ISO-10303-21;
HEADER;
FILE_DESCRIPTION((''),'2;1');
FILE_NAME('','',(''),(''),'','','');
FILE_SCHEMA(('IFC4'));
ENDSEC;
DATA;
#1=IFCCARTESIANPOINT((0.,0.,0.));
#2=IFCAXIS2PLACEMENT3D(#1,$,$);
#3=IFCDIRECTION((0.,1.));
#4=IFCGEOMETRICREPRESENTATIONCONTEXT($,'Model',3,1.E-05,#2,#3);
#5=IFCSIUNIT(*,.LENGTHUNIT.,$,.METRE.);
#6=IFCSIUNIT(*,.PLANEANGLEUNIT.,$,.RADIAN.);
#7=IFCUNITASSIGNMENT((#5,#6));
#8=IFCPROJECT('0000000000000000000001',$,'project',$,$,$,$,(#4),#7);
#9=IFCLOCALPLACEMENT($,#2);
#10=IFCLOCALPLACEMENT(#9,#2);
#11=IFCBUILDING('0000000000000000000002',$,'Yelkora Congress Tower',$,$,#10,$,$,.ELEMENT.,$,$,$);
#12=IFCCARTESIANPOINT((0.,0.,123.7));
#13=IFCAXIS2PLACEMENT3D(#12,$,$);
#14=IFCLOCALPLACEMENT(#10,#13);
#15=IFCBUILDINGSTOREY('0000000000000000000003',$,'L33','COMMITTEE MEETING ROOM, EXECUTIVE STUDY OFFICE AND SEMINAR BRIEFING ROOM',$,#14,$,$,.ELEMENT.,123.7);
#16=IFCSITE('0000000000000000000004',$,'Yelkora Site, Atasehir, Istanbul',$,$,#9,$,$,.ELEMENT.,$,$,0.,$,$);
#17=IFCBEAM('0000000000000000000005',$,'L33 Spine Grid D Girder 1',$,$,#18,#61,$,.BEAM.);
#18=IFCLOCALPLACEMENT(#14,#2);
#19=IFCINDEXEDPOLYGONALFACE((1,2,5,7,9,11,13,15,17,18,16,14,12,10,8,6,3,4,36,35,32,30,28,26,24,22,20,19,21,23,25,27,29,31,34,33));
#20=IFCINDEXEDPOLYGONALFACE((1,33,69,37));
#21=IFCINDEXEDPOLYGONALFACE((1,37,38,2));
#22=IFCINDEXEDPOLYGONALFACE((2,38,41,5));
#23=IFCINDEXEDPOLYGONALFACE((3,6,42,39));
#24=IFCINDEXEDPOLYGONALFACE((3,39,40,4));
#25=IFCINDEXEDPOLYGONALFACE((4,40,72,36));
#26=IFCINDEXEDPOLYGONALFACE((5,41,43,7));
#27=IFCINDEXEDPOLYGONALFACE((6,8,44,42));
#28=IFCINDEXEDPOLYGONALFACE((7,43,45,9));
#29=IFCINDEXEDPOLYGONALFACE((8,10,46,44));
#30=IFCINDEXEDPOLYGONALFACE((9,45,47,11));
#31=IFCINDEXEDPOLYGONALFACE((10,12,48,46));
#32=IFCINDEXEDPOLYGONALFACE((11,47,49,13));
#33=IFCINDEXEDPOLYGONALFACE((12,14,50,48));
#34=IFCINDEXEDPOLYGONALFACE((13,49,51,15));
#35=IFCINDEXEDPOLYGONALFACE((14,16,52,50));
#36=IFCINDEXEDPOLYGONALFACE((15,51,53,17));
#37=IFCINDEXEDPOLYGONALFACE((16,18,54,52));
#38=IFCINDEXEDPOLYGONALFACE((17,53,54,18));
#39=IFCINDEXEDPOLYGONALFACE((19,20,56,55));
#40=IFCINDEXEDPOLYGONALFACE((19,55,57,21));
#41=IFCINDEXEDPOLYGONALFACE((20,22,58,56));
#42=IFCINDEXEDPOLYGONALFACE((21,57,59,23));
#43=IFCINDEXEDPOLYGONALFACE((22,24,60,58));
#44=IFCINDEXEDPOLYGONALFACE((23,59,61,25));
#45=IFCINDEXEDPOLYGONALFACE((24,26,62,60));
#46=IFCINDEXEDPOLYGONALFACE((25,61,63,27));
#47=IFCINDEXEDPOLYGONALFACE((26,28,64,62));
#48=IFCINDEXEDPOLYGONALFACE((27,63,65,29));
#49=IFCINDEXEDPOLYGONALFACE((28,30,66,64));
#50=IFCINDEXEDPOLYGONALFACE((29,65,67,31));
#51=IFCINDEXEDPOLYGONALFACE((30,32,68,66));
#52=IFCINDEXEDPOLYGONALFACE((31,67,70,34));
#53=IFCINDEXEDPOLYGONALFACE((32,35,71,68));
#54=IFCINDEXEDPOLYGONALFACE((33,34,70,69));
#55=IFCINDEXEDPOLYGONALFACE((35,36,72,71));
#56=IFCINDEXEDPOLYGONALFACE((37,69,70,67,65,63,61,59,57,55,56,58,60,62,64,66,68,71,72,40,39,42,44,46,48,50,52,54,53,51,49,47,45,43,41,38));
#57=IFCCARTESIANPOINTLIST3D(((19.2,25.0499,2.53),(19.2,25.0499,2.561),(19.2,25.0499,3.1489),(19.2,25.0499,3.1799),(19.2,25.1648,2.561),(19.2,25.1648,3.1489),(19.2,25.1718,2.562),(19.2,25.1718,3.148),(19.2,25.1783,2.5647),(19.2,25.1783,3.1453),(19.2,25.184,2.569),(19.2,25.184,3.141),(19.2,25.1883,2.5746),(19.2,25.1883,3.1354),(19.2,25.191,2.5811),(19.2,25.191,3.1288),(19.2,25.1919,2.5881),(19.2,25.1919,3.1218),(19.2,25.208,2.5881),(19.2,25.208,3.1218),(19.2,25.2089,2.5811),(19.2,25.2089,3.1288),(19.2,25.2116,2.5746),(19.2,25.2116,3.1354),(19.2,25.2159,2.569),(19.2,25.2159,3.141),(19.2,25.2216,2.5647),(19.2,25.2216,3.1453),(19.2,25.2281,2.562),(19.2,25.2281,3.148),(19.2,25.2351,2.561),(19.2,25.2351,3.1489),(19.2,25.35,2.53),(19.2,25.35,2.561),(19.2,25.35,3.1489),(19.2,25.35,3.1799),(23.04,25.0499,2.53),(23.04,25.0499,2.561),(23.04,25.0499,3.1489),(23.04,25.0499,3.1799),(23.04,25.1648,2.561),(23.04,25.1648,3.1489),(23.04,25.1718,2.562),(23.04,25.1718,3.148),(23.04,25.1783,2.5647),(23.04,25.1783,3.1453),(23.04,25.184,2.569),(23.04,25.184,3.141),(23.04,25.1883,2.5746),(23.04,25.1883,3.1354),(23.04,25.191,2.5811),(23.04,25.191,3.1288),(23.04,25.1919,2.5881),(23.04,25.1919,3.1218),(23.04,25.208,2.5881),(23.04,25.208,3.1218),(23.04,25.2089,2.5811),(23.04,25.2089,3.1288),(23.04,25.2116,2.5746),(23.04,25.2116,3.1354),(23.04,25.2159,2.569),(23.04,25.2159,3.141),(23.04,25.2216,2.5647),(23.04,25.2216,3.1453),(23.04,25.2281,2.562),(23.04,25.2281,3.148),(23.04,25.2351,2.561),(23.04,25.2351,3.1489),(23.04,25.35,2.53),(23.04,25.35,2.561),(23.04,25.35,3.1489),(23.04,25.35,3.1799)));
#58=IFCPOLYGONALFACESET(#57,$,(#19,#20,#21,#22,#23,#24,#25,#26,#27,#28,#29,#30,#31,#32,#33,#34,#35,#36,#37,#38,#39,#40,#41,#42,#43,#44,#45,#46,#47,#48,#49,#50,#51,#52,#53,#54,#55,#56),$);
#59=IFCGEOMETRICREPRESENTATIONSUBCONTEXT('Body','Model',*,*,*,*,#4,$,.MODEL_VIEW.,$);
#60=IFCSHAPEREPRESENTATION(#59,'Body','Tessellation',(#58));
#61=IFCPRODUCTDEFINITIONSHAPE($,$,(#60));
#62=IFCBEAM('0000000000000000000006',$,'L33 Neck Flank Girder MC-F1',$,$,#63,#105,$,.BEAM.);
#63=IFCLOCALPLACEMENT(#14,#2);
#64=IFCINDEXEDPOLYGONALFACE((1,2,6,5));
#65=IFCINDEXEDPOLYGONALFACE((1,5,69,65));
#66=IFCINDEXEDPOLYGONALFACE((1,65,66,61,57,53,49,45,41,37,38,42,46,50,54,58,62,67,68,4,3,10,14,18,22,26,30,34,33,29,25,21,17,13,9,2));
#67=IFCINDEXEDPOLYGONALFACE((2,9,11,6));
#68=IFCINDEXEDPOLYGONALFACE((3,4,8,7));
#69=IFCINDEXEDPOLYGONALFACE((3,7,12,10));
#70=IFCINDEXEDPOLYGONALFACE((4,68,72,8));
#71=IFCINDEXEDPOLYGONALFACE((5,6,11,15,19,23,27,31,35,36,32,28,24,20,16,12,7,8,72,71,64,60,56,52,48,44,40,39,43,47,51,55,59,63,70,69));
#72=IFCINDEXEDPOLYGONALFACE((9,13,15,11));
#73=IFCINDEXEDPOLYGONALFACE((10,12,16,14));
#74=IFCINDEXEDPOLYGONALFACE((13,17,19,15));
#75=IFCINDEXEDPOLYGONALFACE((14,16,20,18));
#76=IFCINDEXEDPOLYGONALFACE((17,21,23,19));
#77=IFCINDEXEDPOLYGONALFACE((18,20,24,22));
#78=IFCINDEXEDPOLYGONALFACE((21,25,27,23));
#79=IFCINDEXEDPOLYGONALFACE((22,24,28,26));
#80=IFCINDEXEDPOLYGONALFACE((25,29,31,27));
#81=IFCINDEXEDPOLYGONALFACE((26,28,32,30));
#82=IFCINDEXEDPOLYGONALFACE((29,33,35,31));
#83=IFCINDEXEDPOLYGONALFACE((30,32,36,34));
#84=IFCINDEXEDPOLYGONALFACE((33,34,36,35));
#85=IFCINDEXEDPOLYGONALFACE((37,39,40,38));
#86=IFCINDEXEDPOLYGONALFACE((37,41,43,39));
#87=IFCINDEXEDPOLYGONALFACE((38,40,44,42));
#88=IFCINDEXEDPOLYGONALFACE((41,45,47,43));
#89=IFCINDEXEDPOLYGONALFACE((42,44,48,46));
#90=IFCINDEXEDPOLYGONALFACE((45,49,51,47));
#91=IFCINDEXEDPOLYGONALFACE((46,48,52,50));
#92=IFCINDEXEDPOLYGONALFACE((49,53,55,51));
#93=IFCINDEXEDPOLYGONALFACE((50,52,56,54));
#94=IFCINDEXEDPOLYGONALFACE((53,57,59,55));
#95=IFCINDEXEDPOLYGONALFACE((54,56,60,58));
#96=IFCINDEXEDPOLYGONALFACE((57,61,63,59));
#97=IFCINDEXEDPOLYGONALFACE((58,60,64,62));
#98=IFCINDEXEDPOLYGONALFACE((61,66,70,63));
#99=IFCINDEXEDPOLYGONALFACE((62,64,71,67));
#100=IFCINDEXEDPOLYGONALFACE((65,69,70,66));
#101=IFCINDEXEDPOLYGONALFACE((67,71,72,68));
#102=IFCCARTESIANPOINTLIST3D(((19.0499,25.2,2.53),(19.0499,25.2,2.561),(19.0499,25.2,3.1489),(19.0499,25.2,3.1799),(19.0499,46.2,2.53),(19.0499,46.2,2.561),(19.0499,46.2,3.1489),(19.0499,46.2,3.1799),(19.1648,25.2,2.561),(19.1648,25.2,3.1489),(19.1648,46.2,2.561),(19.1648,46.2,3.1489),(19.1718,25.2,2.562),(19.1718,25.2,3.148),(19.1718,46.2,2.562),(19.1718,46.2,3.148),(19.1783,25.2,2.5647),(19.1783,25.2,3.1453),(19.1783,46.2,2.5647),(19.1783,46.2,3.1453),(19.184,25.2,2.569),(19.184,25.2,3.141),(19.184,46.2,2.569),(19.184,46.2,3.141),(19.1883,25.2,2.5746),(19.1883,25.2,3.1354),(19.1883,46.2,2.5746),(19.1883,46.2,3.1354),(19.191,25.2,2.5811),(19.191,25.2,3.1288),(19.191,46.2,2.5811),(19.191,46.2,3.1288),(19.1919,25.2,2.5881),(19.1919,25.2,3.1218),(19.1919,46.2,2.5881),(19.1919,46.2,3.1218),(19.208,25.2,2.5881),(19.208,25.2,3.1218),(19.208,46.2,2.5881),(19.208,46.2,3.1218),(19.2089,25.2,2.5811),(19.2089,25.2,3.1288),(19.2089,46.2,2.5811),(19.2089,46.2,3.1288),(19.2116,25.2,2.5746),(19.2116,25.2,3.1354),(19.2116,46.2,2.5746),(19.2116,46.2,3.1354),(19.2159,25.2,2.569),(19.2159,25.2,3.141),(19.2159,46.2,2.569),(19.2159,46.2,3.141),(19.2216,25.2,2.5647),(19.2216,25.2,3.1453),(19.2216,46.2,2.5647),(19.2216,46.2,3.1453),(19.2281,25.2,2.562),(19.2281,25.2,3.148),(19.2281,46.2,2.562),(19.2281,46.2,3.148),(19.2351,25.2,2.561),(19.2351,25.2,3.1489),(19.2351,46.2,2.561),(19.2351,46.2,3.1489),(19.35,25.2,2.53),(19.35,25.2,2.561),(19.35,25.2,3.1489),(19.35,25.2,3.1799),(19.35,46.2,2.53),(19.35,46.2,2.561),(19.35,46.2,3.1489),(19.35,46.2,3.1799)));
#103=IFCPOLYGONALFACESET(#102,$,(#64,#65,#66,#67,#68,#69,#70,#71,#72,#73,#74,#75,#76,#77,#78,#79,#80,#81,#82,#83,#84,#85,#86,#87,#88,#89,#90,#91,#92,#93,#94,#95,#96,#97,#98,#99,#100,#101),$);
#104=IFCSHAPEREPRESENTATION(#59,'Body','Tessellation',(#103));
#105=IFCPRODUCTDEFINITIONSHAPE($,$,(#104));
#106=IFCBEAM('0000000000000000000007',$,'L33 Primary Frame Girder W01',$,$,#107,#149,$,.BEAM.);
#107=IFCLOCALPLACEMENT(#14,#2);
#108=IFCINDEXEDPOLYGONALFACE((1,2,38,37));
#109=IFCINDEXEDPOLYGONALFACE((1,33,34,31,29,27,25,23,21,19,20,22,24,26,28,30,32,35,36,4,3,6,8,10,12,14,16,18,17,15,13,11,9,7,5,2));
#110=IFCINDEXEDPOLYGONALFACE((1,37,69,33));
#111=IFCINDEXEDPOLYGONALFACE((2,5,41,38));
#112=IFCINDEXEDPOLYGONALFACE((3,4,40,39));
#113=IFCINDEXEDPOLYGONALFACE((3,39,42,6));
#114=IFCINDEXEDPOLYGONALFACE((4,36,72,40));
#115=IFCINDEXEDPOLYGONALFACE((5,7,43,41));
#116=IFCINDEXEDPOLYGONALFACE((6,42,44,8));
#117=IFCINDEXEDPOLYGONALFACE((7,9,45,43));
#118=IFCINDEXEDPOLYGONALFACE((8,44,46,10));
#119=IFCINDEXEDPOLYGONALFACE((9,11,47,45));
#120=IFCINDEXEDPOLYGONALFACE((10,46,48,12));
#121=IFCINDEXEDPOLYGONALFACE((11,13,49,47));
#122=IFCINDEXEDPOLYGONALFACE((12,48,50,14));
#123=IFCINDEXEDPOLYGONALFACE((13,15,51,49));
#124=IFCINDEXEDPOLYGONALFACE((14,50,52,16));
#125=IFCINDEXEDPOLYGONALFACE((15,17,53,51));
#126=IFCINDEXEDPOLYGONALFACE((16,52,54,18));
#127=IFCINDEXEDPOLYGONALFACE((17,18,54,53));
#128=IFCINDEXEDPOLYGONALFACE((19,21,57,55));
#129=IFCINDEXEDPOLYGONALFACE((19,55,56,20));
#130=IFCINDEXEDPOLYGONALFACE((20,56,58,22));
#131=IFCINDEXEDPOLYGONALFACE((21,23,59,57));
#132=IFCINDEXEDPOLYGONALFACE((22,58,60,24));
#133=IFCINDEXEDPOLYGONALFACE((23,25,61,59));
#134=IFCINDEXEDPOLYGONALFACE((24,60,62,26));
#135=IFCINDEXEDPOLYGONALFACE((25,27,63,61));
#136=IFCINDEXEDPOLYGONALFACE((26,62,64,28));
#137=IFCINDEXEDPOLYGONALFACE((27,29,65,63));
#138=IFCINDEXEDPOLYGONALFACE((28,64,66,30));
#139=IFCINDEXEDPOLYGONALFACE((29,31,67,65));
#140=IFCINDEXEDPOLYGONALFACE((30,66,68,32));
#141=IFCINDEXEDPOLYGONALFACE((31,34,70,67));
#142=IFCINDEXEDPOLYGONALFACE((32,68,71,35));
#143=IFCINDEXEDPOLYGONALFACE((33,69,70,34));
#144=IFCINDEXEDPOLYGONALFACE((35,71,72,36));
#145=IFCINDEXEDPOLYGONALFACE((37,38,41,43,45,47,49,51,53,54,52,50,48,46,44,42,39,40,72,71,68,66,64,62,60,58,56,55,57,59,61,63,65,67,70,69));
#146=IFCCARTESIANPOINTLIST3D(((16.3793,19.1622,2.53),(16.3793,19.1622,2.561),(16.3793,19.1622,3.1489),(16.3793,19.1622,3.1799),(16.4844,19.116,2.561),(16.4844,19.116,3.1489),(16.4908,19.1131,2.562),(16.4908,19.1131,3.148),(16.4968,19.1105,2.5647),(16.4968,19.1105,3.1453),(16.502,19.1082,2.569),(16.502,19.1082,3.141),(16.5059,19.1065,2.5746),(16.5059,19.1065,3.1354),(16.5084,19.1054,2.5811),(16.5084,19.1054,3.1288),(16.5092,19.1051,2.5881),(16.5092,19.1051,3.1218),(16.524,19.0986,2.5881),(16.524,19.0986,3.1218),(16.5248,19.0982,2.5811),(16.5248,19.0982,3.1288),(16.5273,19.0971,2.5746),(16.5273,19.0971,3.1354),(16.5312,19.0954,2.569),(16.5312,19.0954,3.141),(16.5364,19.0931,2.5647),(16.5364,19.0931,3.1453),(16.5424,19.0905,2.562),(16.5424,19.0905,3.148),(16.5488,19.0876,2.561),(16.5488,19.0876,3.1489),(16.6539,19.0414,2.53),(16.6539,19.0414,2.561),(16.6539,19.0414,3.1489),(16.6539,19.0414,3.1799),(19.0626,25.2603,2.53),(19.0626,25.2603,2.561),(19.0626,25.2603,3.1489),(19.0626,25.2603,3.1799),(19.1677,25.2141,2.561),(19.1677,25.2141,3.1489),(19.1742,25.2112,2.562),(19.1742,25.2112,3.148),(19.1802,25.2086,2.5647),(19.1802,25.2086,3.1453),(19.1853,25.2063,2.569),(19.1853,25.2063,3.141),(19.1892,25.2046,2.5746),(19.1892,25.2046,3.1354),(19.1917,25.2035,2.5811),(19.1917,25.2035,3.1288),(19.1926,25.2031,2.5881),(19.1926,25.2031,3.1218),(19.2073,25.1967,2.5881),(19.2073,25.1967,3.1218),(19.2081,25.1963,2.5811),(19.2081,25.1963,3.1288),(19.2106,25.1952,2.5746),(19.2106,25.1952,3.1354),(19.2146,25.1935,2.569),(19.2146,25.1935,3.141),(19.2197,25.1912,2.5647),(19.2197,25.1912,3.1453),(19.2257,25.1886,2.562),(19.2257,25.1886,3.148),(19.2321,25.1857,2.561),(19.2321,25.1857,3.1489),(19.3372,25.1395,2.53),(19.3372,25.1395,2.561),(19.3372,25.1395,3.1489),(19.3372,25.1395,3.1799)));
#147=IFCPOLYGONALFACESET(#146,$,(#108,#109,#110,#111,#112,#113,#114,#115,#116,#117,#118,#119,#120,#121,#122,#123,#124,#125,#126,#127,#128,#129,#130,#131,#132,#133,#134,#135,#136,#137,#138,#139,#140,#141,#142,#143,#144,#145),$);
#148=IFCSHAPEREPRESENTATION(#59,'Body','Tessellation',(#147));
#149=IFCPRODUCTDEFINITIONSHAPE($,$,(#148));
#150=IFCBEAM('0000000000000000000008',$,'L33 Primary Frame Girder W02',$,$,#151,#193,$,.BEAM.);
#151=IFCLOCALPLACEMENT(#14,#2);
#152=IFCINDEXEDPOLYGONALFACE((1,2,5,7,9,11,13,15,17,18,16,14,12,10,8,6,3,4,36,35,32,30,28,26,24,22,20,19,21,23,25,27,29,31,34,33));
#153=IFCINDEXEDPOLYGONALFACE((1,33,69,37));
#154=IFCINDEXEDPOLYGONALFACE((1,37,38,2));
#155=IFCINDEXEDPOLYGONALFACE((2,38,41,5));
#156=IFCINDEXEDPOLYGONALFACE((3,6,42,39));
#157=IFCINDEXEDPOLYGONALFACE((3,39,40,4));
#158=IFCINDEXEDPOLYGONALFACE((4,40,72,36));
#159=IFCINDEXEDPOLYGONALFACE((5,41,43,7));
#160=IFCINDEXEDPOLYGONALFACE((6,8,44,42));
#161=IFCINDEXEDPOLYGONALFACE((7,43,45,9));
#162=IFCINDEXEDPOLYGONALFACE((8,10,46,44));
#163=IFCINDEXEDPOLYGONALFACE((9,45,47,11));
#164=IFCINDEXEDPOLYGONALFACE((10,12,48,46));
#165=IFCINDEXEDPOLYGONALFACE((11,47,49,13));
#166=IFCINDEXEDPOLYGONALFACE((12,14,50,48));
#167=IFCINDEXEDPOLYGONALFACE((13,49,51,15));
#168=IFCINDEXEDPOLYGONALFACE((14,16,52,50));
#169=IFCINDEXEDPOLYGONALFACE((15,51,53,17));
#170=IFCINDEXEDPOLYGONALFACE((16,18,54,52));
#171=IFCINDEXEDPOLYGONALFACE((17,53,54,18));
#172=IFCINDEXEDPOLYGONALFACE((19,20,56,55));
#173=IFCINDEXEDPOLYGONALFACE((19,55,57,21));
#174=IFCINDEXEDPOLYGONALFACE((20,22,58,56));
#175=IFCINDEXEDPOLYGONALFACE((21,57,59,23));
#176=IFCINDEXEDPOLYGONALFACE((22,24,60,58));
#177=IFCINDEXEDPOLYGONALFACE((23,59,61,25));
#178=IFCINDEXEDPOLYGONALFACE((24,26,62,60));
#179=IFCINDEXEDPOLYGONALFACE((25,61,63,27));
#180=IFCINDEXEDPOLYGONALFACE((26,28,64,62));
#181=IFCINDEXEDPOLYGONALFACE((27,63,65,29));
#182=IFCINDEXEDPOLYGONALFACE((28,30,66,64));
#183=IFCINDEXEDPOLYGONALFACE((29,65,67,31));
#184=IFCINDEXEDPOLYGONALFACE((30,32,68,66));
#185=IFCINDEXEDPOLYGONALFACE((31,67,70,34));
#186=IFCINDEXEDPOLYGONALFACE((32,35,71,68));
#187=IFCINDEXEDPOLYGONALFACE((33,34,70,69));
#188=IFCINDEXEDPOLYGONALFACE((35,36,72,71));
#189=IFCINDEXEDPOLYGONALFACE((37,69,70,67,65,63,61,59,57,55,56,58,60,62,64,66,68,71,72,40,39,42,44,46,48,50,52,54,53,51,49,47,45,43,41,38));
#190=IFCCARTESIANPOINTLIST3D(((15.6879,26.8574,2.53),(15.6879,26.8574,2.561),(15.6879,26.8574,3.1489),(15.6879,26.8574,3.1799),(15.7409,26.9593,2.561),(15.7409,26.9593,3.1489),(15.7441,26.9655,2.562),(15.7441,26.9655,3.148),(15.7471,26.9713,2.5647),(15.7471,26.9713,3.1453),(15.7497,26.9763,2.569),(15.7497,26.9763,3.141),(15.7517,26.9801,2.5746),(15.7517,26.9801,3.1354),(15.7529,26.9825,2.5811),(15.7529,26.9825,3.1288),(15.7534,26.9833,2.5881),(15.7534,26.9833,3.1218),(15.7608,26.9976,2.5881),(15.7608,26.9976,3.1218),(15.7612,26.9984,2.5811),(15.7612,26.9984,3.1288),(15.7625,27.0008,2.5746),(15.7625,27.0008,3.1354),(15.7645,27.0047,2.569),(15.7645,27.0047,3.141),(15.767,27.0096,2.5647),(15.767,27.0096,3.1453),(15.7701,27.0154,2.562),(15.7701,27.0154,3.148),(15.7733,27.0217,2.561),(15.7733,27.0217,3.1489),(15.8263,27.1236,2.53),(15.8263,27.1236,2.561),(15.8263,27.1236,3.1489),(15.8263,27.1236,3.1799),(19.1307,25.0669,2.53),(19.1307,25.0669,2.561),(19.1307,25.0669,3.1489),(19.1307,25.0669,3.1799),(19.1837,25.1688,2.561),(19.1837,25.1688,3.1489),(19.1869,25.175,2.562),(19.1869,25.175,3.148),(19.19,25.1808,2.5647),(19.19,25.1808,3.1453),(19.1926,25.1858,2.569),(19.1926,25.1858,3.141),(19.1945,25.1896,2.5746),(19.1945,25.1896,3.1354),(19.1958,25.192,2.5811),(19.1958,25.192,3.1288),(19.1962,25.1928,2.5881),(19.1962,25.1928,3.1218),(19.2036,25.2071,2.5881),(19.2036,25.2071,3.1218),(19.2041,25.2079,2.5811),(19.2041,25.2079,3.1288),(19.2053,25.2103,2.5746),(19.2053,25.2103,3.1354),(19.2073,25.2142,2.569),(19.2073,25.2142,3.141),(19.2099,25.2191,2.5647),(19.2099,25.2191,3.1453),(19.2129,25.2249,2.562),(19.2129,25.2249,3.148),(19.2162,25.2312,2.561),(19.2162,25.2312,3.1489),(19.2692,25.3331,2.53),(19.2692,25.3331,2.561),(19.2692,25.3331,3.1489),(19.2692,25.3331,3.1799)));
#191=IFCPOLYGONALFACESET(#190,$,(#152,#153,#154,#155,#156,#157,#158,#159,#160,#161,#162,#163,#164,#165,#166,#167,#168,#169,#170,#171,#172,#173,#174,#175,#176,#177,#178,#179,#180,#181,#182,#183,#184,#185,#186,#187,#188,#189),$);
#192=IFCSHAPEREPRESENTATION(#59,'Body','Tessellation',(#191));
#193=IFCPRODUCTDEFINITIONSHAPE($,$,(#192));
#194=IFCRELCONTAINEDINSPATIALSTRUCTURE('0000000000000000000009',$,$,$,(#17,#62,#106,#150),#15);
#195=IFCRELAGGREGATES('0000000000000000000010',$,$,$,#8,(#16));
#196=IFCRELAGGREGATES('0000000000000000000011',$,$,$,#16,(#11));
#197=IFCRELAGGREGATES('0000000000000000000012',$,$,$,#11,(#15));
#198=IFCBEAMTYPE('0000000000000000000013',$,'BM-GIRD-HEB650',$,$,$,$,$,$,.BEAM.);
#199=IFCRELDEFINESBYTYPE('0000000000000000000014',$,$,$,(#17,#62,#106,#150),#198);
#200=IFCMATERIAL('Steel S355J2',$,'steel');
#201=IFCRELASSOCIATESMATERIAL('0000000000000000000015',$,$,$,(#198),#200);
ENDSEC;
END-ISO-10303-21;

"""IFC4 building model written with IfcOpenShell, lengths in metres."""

from ifc_helpers import new_model, si_unit, direction, frame, origin, origin_2d, place, context, subcontext, project, spatial, i_section, extrude, material, material_profile, profile_set, type_object, element, save


model = new_model("IFC4")

# Units and contexts
model_context = context("Model", 3, precision=1e-05, world=origin(), true_north=direction((0.0, 1.0)))
body_context = subcontext(model_context, "Body", "Model", "MODEL_VIEW")
ifc_project = project(units=[si_unit("LENGTHUNIT", "METRE"), si_unit("PLANEANGLEUNIT", "RADIAN")], contexts=[model_context])

# Site, building, storey
site_placement = place(None, origin())
site = spatial("IfcSite", under=ifc_project, at=site_placement, Name="Yelkora Site, Atasehir, Istanbul", CompositionType="ELEMENT", RefElevation=0.0)
building_placement = place(site_placement, origin())
building = spatial("IfcBuilding", under=site, at=building_placement, Name="Yelkora Congress Tower", CompositionType="ELEMENT")
storey_placement = place(building_placement, frame((0.0, 0.0, 123.7)))
storey = spatial("IfcBuildingStorey", under=building, at=storey_placement, Name="L33", Description="COMMITTEE MEETING ROOM, EXECUTIVE STUDY OFFICE AND SEMINAR BRIEFING ROOM", CompositionType="ELEMENT", Elevation=123.7)

# Beams
ifc_material_1 = material(Name="Steel S355J2", Category="steel")
ifc_material_profile_1 = material_profile(ifc_material_1, i_section(OverallWidth=0.3, OverallDepth=0.6499, WebThickness=0.0161, FlangeThickness=0.031, FilletRadius=0.0271, at=origin_2d()), Name="HEB 650")
ifc_profile_set_1 = profile_set([ifc_material_profile_1], Name="Steel S355J2")
beam_type_1 = type_object("IfcBeamType", Name="BM-GIRD-HEB650", PredefinedType="BEAM", material=ifc_profile_set_1)
beam_1_placement = place(storey_placement, frame((19.2, 25.2, 2.855), z_axis=(1.0, 0.0, 0.0), x_axis=(0.0, 1.0, 0.0)))
element("IfcBeam", 1, at=beam_1_placement, inside=storey, type_object=beam_type_1, Name="L33 Spine Grid D Girder 1", PredefinedType="BEAM", context=body_context, shape_type="SweptSolid", body=[
    extrude(i_section(OverallWidth=0.3, OverallDepth=0.6499, WebThickness=0.0161, FlangeThickness=0.031, FilletRadius=0.0271, at=origin_2d()), origin(), (0.0, 0.0, 1.0), 3.8401),
])
beam_2_placement = place(storey_placement, frame((19.2, 25.2, 2.855), z_axis=(0.0, 1.0, 0.0), x_axis=(-1.0, 0.0, 0.0)))
element("IfcBeam", 2, at=beam_2_placement, inside=storey, type_object=beam_type_1, Name="L33 Neck Flank Girder MC-F1", PredefinedType="BEAM", context=body_context, shape_type="SweptSolid", body=[
    extrude(i_section(OverallWidth=0.3, OverallDepth=0.6499, WebThickness=0.0161, FlangeThickness=0.031, FilletRadius=0.0271, at=origin_2d()), origin(), (0.0, 0.0, 1.0), 21.0),
])
beam_3_placement = place(storey_placement, frame((16.5166, 19.1018, 2.855), z_axis=(0.402759, 0.915306, 0.0), x_axis=(-0.915306, 0.402759, 0.0)))
element("IfcBeam", 3, at=beam_3_placement, inside=storey, type_object=beam_type_1, Name="L33 Primary Frame Girder W01", PredefinedType="BEAM", context=body_context, shape_type="SweptSolid", body=[
    extrude(i_section(OverallWidth=0.3, OverallDepth=0.6499, WebThickness=0.0161, FlangeThickness=0.031, FilletRadius=0.0271, at=origin_2d()), origin(), (0.0, 0.0, 1.0), 6.6624),
])
beam_4_placement = place(storey_placement, frame((15.7571, 26.9905, 2.855), z_axis=(0.887192, -0.4614, 0.0), x_axis=(0.4614, 0.887192, 0.0)))
element("IfcBeam", 4, at=beam_4_placement, inside=storey, type_object=beam_type_1, Name="L33 Primary Frame Girder W02", PredefinedType="BEAM", context=body_context, shape_type="SweptSolid", body=[
    extrude(i_section(OverallWidth=0.3, OverallDepth=0.6499, WebThickness=0.0161, FlangeThickness=0.031, FilletRadius=0.0271, at=origin_2d()), origin(), (0.0, 0.0, 1.0), 3.8806),
])

save(model, "model.ifc")
